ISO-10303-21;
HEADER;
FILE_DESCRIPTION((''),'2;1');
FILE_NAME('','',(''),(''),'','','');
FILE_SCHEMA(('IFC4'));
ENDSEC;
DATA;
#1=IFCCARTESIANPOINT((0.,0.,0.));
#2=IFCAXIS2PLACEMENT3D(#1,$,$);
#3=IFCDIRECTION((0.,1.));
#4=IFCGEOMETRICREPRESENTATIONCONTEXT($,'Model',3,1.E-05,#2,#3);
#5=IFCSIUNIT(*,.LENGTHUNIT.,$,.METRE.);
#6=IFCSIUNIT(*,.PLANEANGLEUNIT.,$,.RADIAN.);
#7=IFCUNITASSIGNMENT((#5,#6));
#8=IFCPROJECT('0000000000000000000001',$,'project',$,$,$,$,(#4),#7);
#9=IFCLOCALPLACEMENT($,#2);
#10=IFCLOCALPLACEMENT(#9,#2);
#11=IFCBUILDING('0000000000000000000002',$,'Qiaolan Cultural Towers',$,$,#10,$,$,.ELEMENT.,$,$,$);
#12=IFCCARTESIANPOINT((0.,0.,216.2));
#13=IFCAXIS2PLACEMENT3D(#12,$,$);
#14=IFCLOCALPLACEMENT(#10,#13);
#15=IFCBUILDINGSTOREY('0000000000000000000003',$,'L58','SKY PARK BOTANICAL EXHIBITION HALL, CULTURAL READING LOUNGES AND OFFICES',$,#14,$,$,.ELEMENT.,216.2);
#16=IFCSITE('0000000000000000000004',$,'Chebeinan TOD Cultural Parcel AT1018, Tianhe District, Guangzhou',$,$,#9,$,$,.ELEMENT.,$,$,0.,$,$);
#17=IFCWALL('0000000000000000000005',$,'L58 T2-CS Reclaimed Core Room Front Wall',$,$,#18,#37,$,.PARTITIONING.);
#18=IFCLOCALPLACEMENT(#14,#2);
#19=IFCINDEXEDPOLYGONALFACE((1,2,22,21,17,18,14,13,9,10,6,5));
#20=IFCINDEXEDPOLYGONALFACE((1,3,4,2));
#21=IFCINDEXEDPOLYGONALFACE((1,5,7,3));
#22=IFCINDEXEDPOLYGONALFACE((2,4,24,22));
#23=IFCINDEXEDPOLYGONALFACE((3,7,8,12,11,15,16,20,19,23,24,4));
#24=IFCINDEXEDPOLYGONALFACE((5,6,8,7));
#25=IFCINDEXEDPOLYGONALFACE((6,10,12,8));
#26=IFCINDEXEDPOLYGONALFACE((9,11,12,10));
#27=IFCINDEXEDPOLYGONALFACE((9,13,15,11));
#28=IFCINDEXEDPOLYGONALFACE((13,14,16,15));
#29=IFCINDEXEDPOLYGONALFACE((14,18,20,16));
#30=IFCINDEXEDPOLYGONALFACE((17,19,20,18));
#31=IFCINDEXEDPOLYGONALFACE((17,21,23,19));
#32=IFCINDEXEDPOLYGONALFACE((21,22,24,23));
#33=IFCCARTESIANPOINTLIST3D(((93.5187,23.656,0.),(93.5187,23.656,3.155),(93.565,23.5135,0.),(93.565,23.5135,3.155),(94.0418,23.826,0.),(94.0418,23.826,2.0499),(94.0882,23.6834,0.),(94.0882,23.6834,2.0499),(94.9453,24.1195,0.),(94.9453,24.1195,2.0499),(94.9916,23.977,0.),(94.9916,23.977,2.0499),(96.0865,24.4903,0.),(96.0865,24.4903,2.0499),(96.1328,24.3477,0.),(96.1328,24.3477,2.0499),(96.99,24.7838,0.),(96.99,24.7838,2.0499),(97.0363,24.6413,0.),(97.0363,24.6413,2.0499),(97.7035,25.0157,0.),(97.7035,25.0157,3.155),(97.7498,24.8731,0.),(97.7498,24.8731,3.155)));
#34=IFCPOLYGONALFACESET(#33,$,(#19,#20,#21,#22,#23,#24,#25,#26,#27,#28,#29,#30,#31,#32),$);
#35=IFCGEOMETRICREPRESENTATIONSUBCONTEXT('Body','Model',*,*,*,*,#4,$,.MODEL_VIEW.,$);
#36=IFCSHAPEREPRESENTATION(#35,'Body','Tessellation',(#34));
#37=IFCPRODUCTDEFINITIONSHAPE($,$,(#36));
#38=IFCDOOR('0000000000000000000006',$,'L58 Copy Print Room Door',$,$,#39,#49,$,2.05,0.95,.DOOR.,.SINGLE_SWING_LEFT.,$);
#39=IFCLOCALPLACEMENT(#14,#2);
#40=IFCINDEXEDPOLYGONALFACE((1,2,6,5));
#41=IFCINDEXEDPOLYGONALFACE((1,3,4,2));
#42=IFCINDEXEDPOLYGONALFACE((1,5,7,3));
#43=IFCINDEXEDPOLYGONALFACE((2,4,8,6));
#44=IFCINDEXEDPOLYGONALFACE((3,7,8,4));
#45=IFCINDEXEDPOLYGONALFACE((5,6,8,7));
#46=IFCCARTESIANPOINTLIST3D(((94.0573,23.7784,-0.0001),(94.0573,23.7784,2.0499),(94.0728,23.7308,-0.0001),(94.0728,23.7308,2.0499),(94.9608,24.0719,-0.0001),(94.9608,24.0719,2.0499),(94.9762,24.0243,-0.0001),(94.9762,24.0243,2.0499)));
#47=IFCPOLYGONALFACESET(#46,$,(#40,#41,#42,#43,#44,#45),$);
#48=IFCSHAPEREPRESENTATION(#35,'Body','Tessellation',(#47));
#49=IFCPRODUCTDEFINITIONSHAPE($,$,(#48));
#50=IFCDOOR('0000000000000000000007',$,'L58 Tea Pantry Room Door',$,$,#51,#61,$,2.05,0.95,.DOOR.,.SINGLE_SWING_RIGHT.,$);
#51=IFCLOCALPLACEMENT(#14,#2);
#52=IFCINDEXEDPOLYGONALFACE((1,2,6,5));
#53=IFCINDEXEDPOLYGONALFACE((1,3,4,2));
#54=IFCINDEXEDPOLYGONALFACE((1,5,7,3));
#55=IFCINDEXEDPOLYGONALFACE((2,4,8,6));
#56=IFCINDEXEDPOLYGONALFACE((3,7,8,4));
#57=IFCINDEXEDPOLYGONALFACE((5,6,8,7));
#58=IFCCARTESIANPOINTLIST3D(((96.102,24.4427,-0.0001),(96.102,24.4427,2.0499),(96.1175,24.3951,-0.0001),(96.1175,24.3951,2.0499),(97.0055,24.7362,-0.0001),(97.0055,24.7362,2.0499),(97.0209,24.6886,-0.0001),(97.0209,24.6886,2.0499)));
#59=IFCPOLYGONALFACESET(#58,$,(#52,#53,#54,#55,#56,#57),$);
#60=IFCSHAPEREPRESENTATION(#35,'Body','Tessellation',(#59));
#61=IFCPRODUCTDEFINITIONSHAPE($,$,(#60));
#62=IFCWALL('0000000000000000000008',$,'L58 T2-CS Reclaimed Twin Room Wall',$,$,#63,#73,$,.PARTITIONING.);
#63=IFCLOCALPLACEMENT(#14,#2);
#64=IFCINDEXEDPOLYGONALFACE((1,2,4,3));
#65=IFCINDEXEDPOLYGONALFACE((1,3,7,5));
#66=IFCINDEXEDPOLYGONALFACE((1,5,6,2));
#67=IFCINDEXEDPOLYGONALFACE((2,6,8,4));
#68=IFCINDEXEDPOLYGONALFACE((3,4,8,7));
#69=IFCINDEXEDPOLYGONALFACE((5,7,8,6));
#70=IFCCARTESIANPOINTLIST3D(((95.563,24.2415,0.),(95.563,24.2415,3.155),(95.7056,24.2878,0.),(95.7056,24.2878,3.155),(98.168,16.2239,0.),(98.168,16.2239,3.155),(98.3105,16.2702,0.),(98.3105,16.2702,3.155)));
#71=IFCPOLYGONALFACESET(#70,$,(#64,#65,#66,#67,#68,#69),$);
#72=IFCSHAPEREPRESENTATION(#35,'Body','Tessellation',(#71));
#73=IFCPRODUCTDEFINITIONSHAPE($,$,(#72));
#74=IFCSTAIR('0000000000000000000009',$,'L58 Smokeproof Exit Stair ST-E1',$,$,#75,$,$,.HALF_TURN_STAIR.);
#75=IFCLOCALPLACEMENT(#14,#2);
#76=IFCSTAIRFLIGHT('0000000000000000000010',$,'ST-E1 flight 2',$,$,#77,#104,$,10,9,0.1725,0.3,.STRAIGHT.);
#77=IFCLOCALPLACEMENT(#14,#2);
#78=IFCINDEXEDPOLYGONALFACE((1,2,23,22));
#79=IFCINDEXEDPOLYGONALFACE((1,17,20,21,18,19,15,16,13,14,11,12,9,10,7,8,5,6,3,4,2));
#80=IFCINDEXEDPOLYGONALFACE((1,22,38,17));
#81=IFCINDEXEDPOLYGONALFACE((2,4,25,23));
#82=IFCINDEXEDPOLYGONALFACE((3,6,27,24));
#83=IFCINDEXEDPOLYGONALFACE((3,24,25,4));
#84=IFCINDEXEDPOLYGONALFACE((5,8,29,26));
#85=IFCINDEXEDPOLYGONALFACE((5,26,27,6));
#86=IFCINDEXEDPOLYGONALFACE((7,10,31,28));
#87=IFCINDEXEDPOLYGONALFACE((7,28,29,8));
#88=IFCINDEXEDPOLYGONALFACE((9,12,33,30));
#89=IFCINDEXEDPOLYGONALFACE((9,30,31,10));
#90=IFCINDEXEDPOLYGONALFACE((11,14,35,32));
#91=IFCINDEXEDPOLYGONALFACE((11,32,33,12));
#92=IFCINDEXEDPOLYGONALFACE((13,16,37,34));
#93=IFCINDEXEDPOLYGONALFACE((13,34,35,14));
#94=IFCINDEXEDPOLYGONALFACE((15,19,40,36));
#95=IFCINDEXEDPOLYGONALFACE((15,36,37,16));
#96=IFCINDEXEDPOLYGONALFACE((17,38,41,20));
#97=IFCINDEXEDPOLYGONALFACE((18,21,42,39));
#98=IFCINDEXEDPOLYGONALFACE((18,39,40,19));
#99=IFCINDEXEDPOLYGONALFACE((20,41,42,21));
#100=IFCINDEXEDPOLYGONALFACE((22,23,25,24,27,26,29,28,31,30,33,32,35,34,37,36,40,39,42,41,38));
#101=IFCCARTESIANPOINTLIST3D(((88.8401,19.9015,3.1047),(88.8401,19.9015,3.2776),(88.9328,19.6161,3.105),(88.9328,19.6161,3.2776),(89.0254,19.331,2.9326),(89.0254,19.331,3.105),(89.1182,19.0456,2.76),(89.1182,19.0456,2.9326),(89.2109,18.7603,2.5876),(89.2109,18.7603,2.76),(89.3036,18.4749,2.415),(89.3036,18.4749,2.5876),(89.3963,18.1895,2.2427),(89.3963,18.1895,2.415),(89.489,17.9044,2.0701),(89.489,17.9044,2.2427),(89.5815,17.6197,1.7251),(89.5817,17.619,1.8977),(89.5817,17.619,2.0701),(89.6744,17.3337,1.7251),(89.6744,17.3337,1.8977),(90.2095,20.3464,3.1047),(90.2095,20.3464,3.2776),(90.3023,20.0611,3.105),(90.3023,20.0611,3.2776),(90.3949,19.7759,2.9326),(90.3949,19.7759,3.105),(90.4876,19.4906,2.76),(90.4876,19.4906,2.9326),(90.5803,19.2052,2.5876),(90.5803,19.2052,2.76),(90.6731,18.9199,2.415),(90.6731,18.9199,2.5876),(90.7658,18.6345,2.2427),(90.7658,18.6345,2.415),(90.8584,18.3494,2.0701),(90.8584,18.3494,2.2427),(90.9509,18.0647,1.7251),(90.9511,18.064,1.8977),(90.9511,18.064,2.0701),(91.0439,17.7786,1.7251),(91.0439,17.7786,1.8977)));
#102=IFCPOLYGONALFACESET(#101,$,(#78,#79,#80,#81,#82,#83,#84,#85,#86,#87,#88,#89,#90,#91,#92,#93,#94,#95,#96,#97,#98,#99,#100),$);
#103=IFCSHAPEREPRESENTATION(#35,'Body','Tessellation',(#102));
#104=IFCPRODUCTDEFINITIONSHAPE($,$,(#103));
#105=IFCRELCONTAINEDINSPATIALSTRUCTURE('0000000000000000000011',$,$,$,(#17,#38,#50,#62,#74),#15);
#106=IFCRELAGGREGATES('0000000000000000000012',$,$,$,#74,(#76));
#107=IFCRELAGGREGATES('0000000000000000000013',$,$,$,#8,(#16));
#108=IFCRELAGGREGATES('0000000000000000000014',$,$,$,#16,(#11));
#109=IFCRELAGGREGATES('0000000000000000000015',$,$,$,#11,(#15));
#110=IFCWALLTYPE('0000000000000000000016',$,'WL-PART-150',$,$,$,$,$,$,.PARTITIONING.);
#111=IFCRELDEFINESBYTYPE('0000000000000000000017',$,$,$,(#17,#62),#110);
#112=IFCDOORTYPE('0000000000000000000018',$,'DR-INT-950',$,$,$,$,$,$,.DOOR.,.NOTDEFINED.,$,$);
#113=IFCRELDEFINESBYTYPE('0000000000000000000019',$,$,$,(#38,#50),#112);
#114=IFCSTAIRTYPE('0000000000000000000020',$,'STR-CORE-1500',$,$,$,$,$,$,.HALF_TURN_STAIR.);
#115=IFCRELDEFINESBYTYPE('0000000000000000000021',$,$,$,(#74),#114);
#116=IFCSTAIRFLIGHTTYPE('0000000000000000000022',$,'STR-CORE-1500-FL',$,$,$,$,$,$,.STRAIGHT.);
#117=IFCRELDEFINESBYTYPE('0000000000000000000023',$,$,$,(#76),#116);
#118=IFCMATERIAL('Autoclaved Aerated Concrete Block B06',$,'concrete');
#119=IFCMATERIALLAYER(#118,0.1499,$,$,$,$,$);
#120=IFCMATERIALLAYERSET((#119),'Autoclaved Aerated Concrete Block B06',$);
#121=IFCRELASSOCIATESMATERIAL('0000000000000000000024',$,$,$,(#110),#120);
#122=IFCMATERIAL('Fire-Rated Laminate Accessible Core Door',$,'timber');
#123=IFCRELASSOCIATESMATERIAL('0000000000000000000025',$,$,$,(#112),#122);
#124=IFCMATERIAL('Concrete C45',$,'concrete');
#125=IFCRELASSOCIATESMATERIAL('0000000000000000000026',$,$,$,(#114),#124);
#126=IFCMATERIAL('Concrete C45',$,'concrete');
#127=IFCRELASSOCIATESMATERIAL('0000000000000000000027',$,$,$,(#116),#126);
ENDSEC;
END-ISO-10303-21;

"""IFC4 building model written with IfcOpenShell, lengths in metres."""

from ifc_helpers import new_model, si_unit, direction, frame, frame_2d, origin, place, context, subcontext, project, spatial, polyline, rectangle, outline, extrude, material, layer, layer_set, type_object, element, fill, aggregate, save


model = new_model("IFC4")

# Units and contexts
model_context = context("Model", 3, precision=1e-05, world=origin(), true_north=direction((0.0, 1.0)))
body_context = subcontext(model_context, "Body", "Model", "MODEL_VIEW")
ifc_project = project(units=[si_unit("LENGTHUNIT", "METRE"), si_unit("PLANEANGLEUNIT", "RADIAN")], contexts=[model_context])

# Site, building, storey
site_placement = place(None, origin())
site = spatial("IfcSite", under=ifc_project, at=site_placement, Name="Chebeinan TOD Cultural Parcel AT1018, Tianhe District, Guangzhou", CompositionType="ELEMENT", RefElevation=0.0)
building_placement = place(site_placement, origin())
building = spatial("IfcBuilding", under=site, at=building_placement, Name="Qiaolan Cultural Towers", CompositionType="ELEMENT")
storey_placement = place(building_placement, frame((0.0, 0.0, 216.2)))
storey = spatial("IfcBuildingStorey", under=building, at=storey_placement, Name="L58", Description="SKY PARK BOTANICAL EXHIBITION HALL, CULTURAL READING LOUNGES AND OFFICES", CompositionType="ELEMENT", Elevation=216.2)

# Wall, openings, doors
ifc_material_1 = material(Name="Autoclaved Aerated Concrete Block B06", Category="concrete")
ifc_layer_1 = layer(ifc_material_1, 0.1499)
ifc_layer_set_1 = layer_set([ifc_layer_1], Name="Autoclaved Aerated Concrete Block B06")
wall_type_1 = type_object("IfcWallType", Name="WL-PART-150", PredefinedType="PARTITIONING", material=ifc_layer_set_1)
wall_1_placement = place(storey_placement, frame((93.5417, 23.5847, 0.0), z_axis=(0.0, 0.0, 1.0), x_axis=(0.951064, 0.308994, 0.0)))
wall_1 = element("IfcWall", 1, at=wall_1_placement, inside=storey, type_object=wall_type_1, Name="L58 T2-CS Reclaimed Core Room Front Wall", PredefinedType="PARTITIONING", context=body_context, shape_type="SweptSolid", body=[
    extrude(rectangle(XDim=4.4001, YDim=0.1499, at=frame_2d((2.2002, 0.0))), origin(), (0.0, 0.0, 1.0), 3.155),
])
opening_1_placement = place(wall_1_placement, frame((0.55, 0.0, 0.0)))
opening_1 = element("IfcOpeningElement", 2, at=opening_1_placement, cuts=wall_1, PredefinedType="OPENING", context=body_context, shape_type="SweptSolid", body=[
    extrude(rectangle(XDim=0.95, YDim=2.05, at=frame_2d((0.4751, 1.0249))), frame((0.0, 0.085, 0.0), z_axis=(0.0, -1.0, 0.0), x_axis=(1.0, 0.0, 0.0)), (0.0, 0.0, 1.0), 0.1699),
])
opening_2_placement = place(wall_1_placement, frame((2.7, 0.0, 0.0)))
opening_2 = element("IfcOpeningElement", 3, at=opening_2_placement, cuts=wall_1, PredefinedType="OPENING", context=body_context, shape_type="SweptSolid", body=[
    extrude(rectangle(XDim=0.95, YDim=2.05, at=frame_2d((0.4751, 1.0249))), frame((0.0, 0.085, 0.0), z_axis=(0.0, -1.0, 0.0), x_axis=(1.0, 0.0, 0.0)), (0.0, 0.0, 1.0), 0.1699),
])
ifc_material_2 = material(Name="Fire-Rated Laminate Accessible Core Door", Category="timber")
door_type_1 = type_object("IfcDoorType", Name="DR-INT-950", OperationType="NOTDEFINED", PredefinedType="DOOR", material=ifc_material_2)
door_1_placement = place(opening_1_placement, origin())
door_1 = element("IfcDoor", 4, at=door_1_placement, inside=storey, type_object=door_type_1, Name="L58 Copy Print Room Door", OperationType="SINGLE_SWING_LEFT", OverallHeight=2.05, OverallWidth=0.95, PredefinedType="DOOR", context=body_context, shape_type="SweptSolid", body=[
    extrude(rectangle(XDim=0.95, YDim=2.05, at=frame_2d((0.4751, 1.0249))), frame((0.0, 0.0249, 0.0), z_axis=(0.0, -1.0, 0.0), x_axis=(1.0, 0.0, 0.0)), (0.0, 0.0, 1.0), 0.05),
])
fill(opening_1, door_1)
door_2_placement = place(opening_2_placement, origin())
door_2 = element("IfcDoor", 5, at=door_2_placement, inside=storey, type_object=door_type_1, Name="L58 Tea Pantry Room Door", OperationType="SINGLE_SWING_RIGHT", OverallHeight=2.05, OverallWidth=0.95, PredefinedType="DOOR", context=body_context, shape_type="SweptSolid", body=[
    extrude(rectangle(XDim=0.95, YDim=2.05, at=frame_2d((0.4751, 1.0249))), frame((0.0, 0.0249, 0.0), z_axis=(0.0, -1.0, 0.0), x_axis=(1.0, 0.0, 0.0)), (0.0, 0.0, 1.0), 0.05),
])
fill(opening_2, door_2)

# Wall
wall_2_placement = place(storey_placement, frame((95.6343, 24.2646, 0.0), z_axis=(0.0, 0.0, 1.0), x_axis=(0.309007, -0.95106, 0.0)))
element("IfcWall", 6, at=wall_2_placement, inside=storey, type_object=wall_type_1, Name="L58 T2-CS Reclaimed Twin Room Wall", PredefinedType="PARTITIONING", context=body_context, shape_type="SweptSolid", body=[
    extrude(rectangle(XDim=8.4302, YDim=0.1499, at=frame_2d((4.2151, 0.0))), origin(), (0.0, 0.0, 1.0), 3.155),
])

# Stair, stair flight
ifc_material_3 = material(Name="Concrete C45", Category="concrete")
stair_type = type_object("IfcStairType", Name="STR-CORE-1500", PredefinedType="HALF_TURN_STAIR", material=ifc_material_3)
stair_placement = place(storey_placement, origin())
stair = element("IfcStair", 7, at=stair_placement, inside=storey, type_object=stair_type, Name="L58 Smokeproof Exit Stair ST-E1", PredefinedType="HALF_TURN_STAIR")
ifc_material_4 = material(Name="Concrete C45", Category="concrete")
stair_flight_type = type_object("IfcStairFlightType", Name="STR-CORE-1500-FL", PredefinedType="STRAIGHT", material=ifc_material_4)
stair_flight_placement = place(storey_placement, frame((90.3591, 17.5562, 1.7251), z_axis=(0.0, 0.0, 1.0), x_axis=(-0.309017, 0.951057, 0.0)))
stair_flight = element("IfcStairFlight", 8, at=stair_flight_placement, type_object=stair_flight_type, Name="ST-E1 flight 2", NumberOfRisers=10, NumberOfTreads=9, PredefinedType="STRAIGHT", RiserHeight=0.1725, TreadLength=0.3, context=body_context, shape_type="SweptSolid", body=[
    extrude(outline(polyline([(0.0, 0.0), (0.0, 0.1726), (0.3, 0.1726), (0.3, 0.345), (0.6001, 0.345), (0.6001, 0.5176), (0.8999, 0.5176), (0.8999, 0.6899), (1.2, 0.6899), (1.2, 0.8625), (1.5, 0.8625), (1.5, 1.0349), (1.8, 1.0349), (1.8, 1.2075), (2.1001, 1.2075), (2.1001, 1.3799), (2.3999, 1.3799), (2.3999, 1.5525), (2.7, 1.5525), (2.7, 1.7251), (2.7, 1.3796), (0.3008, 0.0), (0.0, 0.0)])), frame((0.0, 0.72, 0.0), z_axis=(0.0, -1.0, 0.0), x_axis=(1.0, 0.0, 0.0)), (0.0, 0.0, 1.0), 1.4399),
])
aggregate(stair, [stair_flight])

save(model, "model.ifc")
